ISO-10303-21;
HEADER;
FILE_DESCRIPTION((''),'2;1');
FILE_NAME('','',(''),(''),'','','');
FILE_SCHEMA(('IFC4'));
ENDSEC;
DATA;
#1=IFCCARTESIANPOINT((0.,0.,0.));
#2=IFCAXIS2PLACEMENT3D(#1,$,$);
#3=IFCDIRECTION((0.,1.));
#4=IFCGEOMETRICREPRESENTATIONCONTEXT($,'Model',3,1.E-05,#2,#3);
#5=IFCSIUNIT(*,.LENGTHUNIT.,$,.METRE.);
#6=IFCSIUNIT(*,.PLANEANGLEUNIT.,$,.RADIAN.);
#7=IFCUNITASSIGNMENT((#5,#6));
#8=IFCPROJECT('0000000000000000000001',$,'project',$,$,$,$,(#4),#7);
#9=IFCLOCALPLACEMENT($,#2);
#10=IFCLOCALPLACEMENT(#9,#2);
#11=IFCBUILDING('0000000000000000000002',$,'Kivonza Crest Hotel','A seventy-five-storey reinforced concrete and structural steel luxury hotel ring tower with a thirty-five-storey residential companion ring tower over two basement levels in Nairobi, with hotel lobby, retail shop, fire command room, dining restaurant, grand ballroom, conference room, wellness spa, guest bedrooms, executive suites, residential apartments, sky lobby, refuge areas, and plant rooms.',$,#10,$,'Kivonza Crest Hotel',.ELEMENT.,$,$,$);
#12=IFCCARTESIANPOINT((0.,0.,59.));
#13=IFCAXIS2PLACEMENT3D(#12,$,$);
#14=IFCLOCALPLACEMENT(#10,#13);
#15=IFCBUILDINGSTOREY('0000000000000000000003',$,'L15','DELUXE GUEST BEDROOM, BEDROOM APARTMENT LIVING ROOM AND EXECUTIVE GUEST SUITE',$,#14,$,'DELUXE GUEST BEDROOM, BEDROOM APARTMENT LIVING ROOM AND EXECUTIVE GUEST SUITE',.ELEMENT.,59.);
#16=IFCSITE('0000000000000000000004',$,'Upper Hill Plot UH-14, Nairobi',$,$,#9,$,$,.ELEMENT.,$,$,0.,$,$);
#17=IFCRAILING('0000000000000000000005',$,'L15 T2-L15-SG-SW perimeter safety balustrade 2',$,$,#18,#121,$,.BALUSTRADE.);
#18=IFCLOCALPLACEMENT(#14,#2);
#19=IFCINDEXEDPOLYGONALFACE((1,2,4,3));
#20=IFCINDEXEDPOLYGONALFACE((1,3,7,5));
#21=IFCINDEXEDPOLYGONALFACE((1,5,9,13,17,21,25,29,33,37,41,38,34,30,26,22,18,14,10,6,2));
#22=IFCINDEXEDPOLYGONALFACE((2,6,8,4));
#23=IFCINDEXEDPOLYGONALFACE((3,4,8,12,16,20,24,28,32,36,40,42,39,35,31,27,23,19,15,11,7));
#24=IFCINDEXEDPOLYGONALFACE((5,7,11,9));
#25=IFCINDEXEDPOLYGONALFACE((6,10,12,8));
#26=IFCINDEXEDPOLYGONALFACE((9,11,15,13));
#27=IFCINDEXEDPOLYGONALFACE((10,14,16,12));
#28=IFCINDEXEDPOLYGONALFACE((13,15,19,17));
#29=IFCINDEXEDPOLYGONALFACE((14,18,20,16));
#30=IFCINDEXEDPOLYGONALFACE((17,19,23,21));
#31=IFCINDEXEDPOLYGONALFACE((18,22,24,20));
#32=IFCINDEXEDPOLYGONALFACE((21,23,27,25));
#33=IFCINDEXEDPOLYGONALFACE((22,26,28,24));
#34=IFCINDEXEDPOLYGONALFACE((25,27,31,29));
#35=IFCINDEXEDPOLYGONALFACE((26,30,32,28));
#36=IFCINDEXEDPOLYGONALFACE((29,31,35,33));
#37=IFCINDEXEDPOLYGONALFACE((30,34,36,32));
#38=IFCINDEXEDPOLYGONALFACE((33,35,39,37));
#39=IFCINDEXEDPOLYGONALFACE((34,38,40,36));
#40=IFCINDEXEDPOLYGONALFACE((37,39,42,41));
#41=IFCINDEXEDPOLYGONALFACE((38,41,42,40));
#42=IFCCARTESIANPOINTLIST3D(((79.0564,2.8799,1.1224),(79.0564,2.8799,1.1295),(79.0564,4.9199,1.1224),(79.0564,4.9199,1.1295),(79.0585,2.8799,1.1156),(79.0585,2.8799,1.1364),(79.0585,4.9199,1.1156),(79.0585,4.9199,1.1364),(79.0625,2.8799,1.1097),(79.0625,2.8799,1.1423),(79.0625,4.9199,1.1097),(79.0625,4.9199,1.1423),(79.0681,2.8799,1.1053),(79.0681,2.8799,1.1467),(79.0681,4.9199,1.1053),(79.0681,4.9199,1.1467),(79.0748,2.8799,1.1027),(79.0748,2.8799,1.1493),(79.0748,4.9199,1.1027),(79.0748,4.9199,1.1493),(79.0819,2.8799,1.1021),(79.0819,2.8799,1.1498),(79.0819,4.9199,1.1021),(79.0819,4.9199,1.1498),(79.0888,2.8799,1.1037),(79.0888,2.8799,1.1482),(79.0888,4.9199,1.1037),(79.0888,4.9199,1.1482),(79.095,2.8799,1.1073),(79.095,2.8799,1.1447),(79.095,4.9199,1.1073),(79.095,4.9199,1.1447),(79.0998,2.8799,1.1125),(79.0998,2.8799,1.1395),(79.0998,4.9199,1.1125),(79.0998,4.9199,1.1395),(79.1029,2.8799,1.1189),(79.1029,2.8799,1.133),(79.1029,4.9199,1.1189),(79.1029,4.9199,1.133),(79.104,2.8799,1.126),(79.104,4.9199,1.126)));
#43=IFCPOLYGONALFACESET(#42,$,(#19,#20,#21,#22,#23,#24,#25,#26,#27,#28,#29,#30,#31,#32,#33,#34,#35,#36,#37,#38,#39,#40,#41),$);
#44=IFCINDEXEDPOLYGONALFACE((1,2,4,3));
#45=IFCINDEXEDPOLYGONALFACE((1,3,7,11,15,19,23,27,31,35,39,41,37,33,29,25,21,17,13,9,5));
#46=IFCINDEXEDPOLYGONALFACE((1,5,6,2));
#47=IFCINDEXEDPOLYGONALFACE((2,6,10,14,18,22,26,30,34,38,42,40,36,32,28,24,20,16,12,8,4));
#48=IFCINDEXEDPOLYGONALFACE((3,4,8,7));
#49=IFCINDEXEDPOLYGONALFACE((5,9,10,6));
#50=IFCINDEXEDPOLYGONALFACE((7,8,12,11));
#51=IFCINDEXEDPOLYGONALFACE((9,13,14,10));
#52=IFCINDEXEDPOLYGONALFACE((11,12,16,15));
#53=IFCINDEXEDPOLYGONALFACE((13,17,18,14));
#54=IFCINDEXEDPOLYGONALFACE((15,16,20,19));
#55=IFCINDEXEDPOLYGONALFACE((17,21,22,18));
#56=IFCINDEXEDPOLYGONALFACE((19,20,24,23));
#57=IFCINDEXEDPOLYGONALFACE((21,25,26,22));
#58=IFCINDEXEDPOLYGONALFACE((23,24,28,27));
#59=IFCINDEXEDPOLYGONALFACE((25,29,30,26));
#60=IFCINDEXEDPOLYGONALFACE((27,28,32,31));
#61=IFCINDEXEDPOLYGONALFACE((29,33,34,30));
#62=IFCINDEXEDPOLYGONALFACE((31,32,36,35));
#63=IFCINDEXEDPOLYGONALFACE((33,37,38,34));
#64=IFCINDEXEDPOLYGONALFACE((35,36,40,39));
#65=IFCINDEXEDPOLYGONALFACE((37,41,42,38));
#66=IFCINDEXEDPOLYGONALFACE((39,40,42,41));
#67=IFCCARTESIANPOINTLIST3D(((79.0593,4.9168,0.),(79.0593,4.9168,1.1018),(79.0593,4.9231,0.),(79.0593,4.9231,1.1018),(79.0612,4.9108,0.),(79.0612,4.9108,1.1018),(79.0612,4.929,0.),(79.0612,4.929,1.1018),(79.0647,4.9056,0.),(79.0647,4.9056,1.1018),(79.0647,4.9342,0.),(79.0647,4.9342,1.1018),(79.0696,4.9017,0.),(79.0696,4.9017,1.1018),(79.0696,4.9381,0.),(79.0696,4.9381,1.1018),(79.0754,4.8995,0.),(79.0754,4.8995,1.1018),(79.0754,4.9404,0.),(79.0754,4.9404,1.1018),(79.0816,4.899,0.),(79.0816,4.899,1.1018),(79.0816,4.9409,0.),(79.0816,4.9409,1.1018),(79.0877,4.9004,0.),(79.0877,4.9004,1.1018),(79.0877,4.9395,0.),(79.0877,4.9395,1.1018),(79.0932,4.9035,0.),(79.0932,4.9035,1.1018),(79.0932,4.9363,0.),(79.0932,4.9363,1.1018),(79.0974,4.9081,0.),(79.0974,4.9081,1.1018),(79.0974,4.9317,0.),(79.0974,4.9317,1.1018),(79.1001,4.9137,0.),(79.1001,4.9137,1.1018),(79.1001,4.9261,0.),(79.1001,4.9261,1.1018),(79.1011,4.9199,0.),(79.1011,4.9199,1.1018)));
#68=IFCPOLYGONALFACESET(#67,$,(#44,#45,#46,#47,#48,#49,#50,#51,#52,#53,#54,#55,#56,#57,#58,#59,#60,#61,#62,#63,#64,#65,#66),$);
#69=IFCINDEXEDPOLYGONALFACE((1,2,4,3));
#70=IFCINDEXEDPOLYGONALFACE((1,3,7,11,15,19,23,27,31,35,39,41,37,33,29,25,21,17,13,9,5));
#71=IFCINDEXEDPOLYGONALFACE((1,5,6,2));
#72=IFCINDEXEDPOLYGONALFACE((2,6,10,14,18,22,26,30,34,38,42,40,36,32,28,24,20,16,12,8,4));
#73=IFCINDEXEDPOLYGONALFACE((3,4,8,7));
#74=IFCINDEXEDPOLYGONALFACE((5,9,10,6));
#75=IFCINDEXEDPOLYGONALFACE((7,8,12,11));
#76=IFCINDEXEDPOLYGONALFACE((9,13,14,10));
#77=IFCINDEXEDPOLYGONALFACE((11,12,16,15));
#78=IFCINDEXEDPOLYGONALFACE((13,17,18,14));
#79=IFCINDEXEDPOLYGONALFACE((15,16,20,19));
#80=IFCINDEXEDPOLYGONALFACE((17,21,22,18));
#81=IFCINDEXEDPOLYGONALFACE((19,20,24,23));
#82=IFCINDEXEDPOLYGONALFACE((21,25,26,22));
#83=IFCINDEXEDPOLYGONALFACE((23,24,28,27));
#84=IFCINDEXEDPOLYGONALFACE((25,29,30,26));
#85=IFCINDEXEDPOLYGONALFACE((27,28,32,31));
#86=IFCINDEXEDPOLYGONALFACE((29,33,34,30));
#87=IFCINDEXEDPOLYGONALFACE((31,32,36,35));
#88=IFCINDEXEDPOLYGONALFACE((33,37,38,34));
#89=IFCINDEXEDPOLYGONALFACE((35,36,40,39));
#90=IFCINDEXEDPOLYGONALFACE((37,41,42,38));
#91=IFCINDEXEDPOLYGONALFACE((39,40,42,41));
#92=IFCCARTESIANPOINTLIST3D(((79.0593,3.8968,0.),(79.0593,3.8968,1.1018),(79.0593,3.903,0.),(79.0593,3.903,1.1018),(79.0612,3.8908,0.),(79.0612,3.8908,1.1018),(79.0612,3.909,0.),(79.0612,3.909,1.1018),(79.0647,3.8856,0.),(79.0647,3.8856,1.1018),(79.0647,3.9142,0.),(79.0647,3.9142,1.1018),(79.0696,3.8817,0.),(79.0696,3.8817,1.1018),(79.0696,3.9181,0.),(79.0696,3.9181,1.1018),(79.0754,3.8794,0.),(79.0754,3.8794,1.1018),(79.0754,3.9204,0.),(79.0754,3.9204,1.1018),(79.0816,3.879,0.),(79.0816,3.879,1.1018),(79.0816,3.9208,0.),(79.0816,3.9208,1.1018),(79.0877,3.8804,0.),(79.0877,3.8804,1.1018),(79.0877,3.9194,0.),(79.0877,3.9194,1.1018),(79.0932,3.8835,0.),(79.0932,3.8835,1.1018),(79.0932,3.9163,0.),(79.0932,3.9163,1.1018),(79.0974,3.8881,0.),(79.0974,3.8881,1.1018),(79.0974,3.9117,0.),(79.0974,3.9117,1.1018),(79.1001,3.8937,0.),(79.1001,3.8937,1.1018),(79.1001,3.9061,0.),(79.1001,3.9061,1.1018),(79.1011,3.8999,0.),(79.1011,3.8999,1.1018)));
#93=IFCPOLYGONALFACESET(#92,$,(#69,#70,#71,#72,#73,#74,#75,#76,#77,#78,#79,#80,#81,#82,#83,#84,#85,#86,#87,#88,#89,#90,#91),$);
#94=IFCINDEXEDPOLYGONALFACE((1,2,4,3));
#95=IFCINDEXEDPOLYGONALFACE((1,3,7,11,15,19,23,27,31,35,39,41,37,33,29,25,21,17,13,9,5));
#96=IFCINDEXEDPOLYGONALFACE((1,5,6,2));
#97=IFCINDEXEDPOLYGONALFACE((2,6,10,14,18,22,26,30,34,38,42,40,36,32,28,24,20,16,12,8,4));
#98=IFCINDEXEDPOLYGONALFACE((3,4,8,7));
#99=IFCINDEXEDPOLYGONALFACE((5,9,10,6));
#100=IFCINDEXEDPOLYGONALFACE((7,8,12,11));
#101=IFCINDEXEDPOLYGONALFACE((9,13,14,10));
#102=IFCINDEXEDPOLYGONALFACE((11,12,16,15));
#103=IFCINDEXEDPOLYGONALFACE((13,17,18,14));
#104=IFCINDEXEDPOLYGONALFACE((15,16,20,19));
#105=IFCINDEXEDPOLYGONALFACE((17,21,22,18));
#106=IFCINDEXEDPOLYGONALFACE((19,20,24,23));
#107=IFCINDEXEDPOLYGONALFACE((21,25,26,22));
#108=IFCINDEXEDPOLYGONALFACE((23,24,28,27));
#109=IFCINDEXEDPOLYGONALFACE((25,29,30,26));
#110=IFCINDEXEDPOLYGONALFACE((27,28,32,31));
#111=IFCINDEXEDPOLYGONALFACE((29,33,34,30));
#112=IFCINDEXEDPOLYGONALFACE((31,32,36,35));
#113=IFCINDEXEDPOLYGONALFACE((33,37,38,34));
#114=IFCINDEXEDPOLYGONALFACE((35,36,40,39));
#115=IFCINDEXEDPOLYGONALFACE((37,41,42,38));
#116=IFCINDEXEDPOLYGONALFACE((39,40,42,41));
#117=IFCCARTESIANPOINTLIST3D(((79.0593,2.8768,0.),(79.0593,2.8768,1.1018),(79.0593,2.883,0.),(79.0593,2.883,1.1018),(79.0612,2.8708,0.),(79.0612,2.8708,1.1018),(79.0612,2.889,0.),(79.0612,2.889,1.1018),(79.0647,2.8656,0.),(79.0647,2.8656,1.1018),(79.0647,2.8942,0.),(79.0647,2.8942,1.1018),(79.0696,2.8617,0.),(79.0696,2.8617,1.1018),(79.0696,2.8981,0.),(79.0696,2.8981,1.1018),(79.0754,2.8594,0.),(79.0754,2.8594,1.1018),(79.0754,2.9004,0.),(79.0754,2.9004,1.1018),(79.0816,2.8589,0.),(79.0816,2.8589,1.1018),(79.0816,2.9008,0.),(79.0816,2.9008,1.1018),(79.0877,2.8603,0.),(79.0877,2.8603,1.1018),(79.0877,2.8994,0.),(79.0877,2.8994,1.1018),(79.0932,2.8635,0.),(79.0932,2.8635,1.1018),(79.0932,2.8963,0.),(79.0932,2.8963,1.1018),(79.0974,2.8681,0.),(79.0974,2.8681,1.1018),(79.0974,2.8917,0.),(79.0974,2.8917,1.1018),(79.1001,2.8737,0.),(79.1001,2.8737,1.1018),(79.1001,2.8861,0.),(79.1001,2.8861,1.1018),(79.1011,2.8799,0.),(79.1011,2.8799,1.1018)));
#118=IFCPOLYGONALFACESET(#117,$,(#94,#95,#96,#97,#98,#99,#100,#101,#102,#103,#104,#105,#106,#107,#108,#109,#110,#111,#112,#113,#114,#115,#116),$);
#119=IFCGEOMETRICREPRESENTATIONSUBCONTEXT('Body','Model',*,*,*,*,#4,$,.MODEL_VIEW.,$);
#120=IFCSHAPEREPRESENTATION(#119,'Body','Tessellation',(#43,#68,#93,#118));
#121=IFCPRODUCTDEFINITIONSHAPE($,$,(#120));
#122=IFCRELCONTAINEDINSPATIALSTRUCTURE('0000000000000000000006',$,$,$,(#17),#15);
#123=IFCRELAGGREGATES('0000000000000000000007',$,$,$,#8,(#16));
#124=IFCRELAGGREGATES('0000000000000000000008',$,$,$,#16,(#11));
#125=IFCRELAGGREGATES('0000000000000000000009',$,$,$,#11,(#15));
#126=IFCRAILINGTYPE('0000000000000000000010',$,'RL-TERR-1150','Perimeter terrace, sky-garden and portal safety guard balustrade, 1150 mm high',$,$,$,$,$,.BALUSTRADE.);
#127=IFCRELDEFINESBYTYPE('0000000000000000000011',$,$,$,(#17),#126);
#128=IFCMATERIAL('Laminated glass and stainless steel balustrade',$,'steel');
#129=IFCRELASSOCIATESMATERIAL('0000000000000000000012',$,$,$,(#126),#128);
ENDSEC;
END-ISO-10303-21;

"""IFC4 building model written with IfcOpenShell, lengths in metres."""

from ifc_helpers import new_model, si_unit, direction, frame, origin, origin_2d, place, context, subcontext, project, spatial, circle, extrude, material, type_object, element, save


model = new_model("IFC4")

# Units and contexts
model_context = context("Model", 3, precision=1e-05, world=origin(), true_north=direction((0.0, 1.0)))
body_context = subcontext(model_context, "Body", "Model", "MODEL_VIEW")
ifc_project = project(units=[si_unit("LENGTHUNIT", "METRE"), si_unit("PLANEANGLEUNIT", "RADIAN")], contexts=[model_context])

# Site, building, storey
site_placement = place(None, origin())
site = spatial("IfcSite", under=ifc_project, at=site_placement, Name="Upper Hill Plot UH-14, Nairobi", CompositionType="ELEMENT", RefElevation=0.0)
building_placement = place(site_placement, origin())
building = spatial("IfcBuilding", under=site, at=building_placement, Name="Kivonza Crest Hotel", Description="A seventy-five-storey reinforced concrete and structural steel luxury hotel ring tower with a thirty-five-storey residential companion ring tower over two basement levels in Nairobi, with hotel lobby, retail shop, fire command room, dining restaurant, grand ballroom, conference room, wellness spa, guest bedrooms, executive suites, residential apartments, sky lobby, refuge areas, and plant rooms.", LongName="Kivonza Crest Hotel", CompositionType="ELEMENT")
storey_placement = place(building_placement, frame((0.0, 0.0, 59.0)))
storey = spatial("IfcBuildingStorey", under=building, at=storey_placement, Name="L15", Description="DELUXE GUEST BEDROOM, BEDROOM APARTMENT LIVING ROOM AND EXECUTIVE GUEST SUITE", LongName="DELUXE GUEST BEDROOM, BEDROOM APARTMENT LIVING ROOM AND EXECUTIVE GUEST SUITE", CompositionType="ELEMENT", Elevation=59.0)

# Railing
ifc_material_1 = material(Name="Laminated glass and stainless steel balustrade", Category="steel")
railing_type = type_object("IfcRailingType", Name="RL-TERR-1150", Description="Perimeter terrace, sky-garden and portal safety guard balustrade, 1150 mm high", PredefinedType="BALUSTRADE", material=ifc_material_1)
railing_1_placement = place(storey_placement, frame((79.0801, 4.9199, 0.0)))
element("IfcRailing", 1, at=railing_1_placement, inside=storey, type_object=railing_type, Name="L15 T2-L15-SG-SW perimeter safety balustrade 2", PredefinedType="BALUSTRADE", context=body_context, shape_type="SweptSolid", body=[
    extrude(circle(Radius=0.0239, at=origin_2d()), frame((0.0, 0.0, 1.126), z_axis=(0.0, -1.0, 0.0), x_axis=(1.0, 0.0, 0.0)), (0.0, 0.0, 1.0), 2.04),
    extrude(circle(Radius=0.021, at=origin_2d()), origin(), (0.0, 0.0, 1.0), 1.1018),
    extrude(circle(Radius=0.021, at=origin_2d()), frame((0.0, -1.02, 0.0)), (0.0, 0.0, 1.0), 1.1018),
    extrude(circle(Radius=0.021, at=origin_2d()), frame((0.0, -2.04, 0.0)), (0.0, 0.0, 1.0), 1.1018),
])

save(model, "model.ifc")
